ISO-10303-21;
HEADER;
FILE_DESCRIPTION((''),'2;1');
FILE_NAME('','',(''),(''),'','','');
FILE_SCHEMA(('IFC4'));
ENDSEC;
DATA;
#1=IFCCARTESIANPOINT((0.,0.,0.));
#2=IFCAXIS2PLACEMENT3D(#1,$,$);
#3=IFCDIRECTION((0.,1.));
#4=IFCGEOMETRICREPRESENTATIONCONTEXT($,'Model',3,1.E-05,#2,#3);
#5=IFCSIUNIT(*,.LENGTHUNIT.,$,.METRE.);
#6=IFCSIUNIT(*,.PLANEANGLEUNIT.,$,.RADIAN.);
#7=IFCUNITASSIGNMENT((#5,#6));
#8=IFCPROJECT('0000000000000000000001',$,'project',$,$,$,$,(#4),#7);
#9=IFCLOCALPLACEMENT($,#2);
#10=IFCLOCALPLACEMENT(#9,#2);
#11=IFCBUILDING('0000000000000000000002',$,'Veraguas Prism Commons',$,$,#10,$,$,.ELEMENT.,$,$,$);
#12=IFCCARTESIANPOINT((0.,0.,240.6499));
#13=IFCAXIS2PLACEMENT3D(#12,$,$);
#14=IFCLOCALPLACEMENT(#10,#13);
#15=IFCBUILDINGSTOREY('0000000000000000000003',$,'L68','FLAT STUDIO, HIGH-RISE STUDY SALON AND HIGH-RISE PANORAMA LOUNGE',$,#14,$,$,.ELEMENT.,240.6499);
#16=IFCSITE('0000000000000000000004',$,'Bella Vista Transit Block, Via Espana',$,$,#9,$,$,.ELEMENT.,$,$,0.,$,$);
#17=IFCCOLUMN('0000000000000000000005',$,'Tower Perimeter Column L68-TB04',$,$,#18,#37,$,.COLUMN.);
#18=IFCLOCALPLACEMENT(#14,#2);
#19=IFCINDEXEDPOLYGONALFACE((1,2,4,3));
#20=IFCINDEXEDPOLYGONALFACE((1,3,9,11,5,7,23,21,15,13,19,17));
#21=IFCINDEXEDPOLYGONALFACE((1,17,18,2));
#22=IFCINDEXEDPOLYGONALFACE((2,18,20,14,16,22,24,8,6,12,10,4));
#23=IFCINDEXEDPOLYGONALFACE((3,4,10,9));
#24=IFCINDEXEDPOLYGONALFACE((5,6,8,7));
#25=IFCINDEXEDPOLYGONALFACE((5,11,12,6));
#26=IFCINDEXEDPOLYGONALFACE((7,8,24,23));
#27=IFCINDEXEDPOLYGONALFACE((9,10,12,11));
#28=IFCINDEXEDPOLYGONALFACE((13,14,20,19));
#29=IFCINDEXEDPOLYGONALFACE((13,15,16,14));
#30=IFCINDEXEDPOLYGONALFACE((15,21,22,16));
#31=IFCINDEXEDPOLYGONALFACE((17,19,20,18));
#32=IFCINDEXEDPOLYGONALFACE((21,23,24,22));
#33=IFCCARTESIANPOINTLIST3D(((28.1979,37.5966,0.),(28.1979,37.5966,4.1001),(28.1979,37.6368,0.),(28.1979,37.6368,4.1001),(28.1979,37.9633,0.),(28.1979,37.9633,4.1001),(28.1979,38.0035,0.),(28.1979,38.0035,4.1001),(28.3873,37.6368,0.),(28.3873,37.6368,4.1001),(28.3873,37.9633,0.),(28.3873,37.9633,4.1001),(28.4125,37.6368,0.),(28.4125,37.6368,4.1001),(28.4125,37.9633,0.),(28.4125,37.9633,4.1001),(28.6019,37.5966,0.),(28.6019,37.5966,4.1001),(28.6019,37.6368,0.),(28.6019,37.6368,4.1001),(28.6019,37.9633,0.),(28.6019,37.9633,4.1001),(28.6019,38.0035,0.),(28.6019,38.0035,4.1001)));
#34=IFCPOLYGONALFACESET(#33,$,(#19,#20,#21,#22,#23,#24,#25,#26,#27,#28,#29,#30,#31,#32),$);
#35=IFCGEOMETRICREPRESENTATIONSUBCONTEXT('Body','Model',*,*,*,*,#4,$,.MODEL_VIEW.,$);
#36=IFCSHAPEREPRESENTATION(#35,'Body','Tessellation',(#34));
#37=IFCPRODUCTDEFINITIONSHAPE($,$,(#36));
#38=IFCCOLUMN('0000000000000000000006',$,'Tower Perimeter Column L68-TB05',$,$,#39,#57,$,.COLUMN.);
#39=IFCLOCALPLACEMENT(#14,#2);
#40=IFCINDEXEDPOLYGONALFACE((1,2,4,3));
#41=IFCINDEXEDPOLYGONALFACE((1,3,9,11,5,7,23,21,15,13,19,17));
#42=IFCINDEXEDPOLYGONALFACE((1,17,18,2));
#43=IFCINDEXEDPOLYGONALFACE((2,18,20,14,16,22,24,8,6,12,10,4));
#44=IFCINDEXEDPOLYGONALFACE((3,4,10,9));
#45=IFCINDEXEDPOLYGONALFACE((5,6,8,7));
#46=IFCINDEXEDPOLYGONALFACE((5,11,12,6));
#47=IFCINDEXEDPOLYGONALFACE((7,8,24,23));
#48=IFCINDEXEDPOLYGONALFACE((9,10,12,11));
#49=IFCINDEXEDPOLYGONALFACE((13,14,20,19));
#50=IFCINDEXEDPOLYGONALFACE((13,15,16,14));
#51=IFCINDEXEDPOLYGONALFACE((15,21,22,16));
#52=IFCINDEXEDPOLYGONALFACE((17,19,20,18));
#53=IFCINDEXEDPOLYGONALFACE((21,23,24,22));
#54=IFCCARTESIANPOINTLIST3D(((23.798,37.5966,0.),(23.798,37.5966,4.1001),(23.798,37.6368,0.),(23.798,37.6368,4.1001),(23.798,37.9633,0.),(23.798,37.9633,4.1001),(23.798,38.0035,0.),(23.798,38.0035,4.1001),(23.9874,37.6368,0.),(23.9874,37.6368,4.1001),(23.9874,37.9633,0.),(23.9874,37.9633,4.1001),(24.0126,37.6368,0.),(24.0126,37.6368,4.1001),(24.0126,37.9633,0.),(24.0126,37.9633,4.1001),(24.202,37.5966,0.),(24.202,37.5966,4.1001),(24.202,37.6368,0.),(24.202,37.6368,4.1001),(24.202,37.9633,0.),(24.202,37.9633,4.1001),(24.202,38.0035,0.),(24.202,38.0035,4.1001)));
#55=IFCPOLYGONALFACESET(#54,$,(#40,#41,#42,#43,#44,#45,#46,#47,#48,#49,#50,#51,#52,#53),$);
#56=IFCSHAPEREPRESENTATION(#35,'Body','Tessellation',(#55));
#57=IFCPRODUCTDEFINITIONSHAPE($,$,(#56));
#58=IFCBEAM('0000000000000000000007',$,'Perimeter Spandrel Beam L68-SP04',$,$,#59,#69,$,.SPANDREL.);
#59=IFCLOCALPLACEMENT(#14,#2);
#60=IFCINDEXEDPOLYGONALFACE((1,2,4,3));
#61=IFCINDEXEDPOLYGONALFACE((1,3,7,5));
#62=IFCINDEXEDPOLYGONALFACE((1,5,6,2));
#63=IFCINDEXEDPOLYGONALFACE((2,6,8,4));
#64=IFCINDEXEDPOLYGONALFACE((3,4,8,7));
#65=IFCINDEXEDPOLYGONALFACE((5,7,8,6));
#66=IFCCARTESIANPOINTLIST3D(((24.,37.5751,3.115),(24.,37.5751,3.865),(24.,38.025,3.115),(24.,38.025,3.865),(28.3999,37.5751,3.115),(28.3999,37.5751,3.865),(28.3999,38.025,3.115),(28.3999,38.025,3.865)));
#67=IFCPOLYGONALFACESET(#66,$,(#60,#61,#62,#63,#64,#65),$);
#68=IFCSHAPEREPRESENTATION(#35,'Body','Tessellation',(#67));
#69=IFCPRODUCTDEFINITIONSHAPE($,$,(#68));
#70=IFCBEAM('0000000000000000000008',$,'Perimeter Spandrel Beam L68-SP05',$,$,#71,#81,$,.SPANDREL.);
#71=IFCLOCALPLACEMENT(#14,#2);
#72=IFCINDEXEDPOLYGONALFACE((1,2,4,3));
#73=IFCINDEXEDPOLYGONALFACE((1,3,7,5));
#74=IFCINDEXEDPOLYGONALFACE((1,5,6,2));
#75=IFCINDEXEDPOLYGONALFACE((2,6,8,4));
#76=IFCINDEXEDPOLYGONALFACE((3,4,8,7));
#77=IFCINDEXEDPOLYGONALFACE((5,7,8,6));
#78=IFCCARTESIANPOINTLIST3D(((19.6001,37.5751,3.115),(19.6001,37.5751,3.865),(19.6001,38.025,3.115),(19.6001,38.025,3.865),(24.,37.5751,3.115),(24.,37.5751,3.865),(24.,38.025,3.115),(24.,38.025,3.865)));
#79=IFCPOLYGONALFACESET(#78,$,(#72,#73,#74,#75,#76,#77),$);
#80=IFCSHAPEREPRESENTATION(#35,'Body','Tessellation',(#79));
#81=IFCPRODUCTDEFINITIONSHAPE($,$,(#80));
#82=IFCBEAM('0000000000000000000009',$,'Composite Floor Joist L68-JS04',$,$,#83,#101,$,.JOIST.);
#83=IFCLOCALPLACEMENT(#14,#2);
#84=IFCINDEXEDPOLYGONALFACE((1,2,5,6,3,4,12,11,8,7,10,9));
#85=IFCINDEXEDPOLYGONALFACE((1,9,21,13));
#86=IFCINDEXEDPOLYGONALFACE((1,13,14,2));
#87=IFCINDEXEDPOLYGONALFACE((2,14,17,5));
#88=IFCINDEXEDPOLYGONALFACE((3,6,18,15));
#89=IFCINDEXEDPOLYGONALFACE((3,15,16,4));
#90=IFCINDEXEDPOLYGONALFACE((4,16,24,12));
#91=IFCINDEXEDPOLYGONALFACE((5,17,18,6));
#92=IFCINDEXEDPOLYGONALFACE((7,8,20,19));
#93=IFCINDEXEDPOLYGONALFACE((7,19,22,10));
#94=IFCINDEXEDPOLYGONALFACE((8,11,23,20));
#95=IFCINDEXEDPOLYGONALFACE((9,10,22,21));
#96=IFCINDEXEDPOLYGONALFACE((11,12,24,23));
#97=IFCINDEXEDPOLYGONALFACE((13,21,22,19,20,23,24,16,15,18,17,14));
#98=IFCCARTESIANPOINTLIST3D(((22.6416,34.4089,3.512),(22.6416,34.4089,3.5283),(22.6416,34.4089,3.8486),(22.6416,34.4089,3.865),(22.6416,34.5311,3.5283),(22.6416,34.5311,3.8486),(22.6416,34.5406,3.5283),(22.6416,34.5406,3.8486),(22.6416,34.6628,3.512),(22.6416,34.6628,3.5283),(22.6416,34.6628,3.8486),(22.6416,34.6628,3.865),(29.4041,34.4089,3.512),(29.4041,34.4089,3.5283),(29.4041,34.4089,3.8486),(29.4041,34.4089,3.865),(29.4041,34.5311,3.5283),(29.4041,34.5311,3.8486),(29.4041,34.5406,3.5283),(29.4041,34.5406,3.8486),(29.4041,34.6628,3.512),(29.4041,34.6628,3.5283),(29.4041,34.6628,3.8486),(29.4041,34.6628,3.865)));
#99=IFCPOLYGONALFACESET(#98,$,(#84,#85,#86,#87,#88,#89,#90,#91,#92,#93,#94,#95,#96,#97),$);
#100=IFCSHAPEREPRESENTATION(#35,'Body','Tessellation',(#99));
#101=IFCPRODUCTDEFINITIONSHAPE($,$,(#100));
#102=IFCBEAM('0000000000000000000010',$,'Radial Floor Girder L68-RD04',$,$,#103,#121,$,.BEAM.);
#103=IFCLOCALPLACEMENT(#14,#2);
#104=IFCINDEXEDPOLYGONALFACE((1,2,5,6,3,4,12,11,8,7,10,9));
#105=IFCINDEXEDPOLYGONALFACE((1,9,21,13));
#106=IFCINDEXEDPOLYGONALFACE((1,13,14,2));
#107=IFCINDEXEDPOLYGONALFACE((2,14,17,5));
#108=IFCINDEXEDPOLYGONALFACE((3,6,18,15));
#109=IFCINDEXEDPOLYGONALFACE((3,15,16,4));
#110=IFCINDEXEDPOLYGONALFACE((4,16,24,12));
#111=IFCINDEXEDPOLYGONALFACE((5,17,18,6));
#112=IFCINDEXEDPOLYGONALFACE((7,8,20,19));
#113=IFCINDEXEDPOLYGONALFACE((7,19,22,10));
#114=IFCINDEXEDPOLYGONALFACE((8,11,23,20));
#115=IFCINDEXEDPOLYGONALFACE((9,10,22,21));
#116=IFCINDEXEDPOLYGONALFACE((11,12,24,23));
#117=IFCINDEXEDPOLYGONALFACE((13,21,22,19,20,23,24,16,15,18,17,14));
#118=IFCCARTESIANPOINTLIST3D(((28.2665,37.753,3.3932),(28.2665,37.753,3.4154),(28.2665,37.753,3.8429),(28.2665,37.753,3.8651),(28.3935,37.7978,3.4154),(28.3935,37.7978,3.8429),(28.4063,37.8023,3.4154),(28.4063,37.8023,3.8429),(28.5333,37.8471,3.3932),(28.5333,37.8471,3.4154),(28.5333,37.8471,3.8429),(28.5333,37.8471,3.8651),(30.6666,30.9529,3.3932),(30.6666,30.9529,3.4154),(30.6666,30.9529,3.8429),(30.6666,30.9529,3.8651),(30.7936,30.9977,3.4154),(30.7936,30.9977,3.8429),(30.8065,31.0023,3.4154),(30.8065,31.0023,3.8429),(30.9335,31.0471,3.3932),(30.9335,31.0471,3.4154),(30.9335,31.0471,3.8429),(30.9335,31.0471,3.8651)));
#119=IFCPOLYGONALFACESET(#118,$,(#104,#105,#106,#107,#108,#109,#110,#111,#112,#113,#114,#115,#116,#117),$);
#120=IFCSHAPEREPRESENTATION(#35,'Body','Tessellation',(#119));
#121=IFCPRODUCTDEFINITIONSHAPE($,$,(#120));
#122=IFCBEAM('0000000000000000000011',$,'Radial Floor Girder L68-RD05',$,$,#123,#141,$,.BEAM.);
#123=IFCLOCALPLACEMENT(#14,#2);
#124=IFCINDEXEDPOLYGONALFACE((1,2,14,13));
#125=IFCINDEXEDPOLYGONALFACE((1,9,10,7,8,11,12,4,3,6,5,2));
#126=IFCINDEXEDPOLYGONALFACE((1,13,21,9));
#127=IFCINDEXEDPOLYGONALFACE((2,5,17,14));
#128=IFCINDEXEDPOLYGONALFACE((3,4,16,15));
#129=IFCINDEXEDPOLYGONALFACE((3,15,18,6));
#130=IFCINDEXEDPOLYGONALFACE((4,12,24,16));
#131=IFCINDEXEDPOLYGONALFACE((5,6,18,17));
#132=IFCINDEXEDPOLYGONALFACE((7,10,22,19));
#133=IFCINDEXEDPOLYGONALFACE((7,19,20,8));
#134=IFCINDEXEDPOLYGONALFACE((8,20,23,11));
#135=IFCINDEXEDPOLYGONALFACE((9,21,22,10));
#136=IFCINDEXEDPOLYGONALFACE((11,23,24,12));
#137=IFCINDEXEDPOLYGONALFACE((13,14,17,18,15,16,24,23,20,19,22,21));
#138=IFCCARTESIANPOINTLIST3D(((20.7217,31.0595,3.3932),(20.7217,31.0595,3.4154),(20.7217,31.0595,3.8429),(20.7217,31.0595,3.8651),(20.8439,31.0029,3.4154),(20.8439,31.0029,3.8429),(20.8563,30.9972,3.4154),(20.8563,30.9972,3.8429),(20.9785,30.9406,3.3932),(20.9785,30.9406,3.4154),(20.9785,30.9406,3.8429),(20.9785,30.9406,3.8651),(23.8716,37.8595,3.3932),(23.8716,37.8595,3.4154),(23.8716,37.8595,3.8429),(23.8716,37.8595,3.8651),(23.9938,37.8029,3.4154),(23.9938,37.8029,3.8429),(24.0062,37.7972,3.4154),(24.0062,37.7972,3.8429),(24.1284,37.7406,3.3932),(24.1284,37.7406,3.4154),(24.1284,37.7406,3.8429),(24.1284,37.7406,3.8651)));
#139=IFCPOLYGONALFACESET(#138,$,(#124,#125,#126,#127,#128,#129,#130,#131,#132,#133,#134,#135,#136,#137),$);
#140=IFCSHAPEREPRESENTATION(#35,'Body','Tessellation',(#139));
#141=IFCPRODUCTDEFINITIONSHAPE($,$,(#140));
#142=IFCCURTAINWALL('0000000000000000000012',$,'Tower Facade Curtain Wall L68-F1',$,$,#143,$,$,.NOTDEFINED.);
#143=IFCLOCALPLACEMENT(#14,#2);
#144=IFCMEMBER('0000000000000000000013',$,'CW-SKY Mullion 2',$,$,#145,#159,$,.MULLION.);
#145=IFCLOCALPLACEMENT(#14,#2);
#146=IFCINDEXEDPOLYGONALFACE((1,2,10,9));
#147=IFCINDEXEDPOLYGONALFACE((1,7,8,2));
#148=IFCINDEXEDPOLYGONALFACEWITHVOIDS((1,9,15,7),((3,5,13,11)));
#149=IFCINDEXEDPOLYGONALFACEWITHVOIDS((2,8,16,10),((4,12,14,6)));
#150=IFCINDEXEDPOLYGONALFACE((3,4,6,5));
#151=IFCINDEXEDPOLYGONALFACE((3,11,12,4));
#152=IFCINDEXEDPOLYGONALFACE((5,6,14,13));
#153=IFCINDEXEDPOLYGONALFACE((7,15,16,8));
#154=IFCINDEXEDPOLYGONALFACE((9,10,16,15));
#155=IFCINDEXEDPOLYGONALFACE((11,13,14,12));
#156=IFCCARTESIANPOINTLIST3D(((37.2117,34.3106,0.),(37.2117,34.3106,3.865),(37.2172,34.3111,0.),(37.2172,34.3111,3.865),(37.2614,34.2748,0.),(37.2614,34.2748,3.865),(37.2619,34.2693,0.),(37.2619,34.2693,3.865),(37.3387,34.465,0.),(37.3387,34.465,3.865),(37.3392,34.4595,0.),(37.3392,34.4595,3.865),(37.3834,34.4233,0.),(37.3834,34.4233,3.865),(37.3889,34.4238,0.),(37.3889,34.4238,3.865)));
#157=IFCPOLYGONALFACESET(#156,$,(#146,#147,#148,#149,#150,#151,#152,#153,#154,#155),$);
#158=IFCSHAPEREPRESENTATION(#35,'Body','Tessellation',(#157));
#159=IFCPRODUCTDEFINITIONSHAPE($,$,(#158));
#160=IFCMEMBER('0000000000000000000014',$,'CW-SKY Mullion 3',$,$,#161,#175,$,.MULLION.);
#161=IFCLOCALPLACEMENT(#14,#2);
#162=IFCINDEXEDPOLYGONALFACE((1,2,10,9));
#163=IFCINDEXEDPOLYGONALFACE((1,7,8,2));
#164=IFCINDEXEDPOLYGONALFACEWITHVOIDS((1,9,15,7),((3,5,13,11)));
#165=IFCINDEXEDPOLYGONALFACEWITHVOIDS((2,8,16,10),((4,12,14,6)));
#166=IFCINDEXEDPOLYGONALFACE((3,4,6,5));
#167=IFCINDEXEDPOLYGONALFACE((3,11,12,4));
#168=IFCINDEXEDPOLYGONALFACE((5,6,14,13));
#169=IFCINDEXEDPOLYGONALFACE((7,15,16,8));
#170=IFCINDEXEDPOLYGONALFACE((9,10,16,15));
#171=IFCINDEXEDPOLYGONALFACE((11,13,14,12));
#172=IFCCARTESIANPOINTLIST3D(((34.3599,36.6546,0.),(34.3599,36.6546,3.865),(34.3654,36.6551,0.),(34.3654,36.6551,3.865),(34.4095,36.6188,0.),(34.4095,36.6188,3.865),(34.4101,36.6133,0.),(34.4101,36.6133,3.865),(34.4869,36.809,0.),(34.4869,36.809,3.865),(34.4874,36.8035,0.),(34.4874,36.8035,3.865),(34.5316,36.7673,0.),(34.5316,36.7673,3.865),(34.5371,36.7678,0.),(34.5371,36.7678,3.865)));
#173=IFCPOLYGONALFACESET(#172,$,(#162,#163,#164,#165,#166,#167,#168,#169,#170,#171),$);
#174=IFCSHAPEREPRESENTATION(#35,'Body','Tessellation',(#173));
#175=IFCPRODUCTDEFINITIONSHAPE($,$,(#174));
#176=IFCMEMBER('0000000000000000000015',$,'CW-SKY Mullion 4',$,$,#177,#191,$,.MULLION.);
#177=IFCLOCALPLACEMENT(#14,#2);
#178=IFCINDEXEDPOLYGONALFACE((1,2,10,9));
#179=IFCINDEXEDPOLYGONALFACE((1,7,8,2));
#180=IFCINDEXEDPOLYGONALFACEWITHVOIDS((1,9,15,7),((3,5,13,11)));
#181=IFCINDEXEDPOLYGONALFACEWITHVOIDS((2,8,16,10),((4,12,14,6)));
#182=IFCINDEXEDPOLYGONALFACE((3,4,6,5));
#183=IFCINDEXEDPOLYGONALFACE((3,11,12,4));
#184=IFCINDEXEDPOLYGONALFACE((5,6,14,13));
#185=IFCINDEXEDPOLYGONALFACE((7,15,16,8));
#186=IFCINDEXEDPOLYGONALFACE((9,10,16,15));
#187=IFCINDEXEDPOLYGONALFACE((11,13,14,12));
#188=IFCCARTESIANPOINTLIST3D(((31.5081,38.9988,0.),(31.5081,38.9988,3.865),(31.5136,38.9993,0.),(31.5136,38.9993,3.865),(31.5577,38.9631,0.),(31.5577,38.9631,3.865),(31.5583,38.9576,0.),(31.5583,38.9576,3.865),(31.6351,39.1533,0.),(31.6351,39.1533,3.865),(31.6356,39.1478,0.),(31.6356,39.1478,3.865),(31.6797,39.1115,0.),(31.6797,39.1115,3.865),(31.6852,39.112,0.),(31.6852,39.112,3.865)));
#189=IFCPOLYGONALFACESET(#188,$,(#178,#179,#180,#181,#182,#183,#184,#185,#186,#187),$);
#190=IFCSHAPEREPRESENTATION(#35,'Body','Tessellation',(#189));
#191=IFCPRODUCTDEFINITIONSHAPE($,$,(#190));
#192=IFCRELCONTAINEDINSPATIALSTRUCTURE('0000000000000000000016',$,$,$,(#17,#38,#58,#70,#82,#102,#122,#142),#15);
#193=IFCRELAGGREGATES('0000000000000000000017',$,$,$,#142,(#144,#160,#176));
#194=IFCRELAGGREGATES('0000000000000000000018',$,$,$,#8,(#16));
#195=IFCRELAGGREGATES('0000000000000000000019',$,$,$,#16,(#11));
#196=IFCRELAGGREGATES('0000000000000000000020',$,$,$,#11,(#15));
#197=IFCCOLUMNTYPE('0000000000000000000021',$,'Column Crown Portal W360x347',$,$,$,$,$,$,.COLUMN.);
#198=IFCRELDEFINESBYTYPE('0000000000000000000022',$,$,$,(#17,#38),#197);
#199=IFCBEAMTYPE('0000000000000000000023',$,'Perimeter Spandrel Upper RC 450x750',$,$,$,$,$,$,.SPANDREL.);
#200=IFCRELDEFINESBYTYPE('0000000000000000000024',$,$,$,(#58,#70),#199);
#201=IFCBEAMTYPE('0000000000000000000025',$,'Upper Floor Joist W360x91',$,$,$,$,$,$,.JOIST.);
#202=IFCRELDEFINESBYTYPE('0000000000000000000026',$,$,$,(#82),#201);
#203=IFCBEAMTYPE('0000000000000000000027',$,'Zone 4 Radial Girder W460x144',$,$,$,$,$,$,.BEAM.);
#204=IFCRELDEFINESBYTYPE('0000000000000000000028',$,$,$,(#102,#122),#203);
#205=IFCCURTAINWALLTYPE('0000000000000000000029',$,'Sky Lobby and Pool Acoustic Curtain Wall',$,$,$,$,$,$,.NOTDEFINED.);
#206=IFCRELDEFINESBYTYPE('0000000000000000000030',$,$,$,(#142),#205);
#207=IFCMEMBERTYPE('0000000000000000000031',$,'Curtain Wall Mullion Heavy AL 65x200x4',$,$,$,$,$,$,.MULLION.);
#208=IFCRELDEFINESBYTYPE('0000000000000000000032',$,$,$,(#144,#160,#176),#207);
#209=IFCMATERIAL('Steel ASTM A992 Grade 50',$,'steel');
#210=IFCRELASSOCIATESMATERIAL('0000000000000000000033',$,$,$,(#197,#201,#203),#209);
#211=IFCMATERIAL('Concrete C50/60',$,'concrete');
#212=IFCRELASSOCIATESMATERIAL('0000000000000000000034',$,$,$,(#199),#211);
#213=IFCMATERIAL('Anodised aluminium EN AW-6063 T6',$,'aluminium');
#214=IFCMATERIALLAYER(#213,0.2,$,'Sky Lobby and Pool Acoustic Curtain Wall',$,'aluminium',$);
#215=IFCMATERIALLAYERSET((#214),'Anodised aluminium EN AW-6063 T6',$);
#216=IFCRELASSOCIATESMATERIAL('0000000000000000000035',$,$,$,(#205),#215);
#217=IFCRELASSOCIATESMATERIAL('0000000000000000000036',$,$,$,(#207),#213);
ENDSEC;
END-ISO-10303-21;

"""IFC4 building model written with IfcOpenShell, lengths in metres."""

from ifc_helpers import new_model, si_unit, direction, frame, origin, origin_2d, place, context, subcontext, project, spatial, rectangle, hollow_rectangle, i_section, extrude, source, transform, mapped, material, layer, layer_set, material_profile, profile_set, type_object, element, aggregate, save


model = new_model("IFC4")

# Units and contexts
model_context = context("Model", 3, precision=1e-05, world=origin(), true_north=direction((0.0, 1.0)))
body_context = subcontext(model_context, "Body", "Model", "MODEL_VIEW")
ifc_project = project(units=[si_unit("LENGTHUNIT", "METRE"), si_unit("PLANEANGLEUNIT", "RADIAN")], contexts=[model_context])

# Site, building, storey
site_placement = place(None, origin())
site = spatial("IfcSite", under=ifc_project, at=site_placement, Name="Bella Vista Transit Block, Via Espana", CompositionType="ELEMENT", RefElevation=0.0)
building_placement = place(site_placement, origin())
building = spatial("IfcBuilding", under=site, at=building_placement, Name="Veraguas Prism Commons", CompositionType="ELEMENT")
storey_placement = place(building_placement, frame((0.0, 0.0, 240.6499)))
storey = spatial("IfcBuildingStorey", under=building, at=storey_placement, Name="L68", Description="FLAT STUDIO, HIGH-RISE STUDY SALON AND HIGH-RISE PANORAMA LOUNGE", CompositionType="ELEMENT", Elevation=240.6499)

# Columns
ifc_material_1 = material(Name="Steel ASTM A992 Grade 50", Category="steel")
ifc_material_profile_1 = material_profile(ifc_material_1, i_section(OverallWidth=0.4041, OverallDepth=0.407, WebThickness=0.0251, FlangeThickness=0.0403, at=origin_2d()), Name="W360X347")
ifc_profile_set_1 = profile_set([ifc_material_profile_1], Name="Steel ASTM A992 Grade 50")
column_type = type_object("IfcColumnType", Name="Column Crown Portal W360x347", PredefinedType="COLUMN", material=ifc_profile_set_1)
for number, where, z_axis, x_axis, name in (
    (1, (28.3999, 37.8, 0.0), (0.0, 0.0, 1.0), (1.0, 0.0, 0.0), "Tower Perimeter Column L68-TB04"),
    (2, (24.0, 37.8, 0.0), (0.0, 0.0, 1.0), (1.0, 0.0, 0.0), "Tower Perimeter Column L68-TB05"),
):
    element("IfcColumn", number, at=place(storey_placement, frame(where, z_axis=z_axis, x_axis=x_axis)), inside=storey, type_object=column_type, Name=name, PredefinedType="COLUMN", context=body_context, shape_type="SweptSolid", body=[
        extrude(i_section(OverallWidth=0.4041, OverallDepth=0.407, WebThickness=0.0251, FlangeThickness=0.0403, at=origin_2d()), origin(), (0.0, 0.0, 1.0), 4.1001),
    ])

# Beams
ifc_material_2 = material(Name="Concrete C50/60", Category="concrete")
ifc_material_profile_2 = material_profile(ifc_material_2, rectangle(XDim=0.45, YDim=0.75, at=origin_2d()), Name="RC450X750")
ifc_profile_set_2 = profile_set([ifc_material_profile_2], Name="Concrete C50/60")
beam_type_1 = type_object("IfcBeamType", Name="Perimeter Spandrel Upper RC 450x750", PredefinedType="SPANDREL", material=ifc_profile_set_2)
for number, where, z_axis, x_axis, name in (
    (3, (28.3999, 37.8, 3.49), (-1.0, 0.0, 0.0), (0.0, -1.0, 0.0), "Perimeter Spandrel Beam L68-SP04"),
    (4, (24.0, 37.8, 3.49), (-1.0, 0.0, 0.0), (0.0, -1.0, 0.0), "Perimeter Spandrel Beam L68-SP05"),
):
    element("IfcBeam", number, at=place(storey_placement, frame(where, z_axis=z_axis, x_axis=x_axis)), inside=storey, type_object=beam_type_1, Name=name, PredefinedType="SPANDREL", context=body_context, shape_type="SweptSolid", body=[
        extrude(rectangle(XDim=0.45, YDim=0.75, at=origin_2d()), origin(), (0.0, 0.0, 1.0), 4.3999),
    ])
ifc_material_profile_3 = material_profile(ifc_material_1, i_section(OverallWidth=0.2539, OverallDepth=0.353, WebThickness=0.0095, FlangeThickness=0.0164, at=origin_2d()), Name="W360X91")
ifc_profile_set_3 = profile_set([ifc_material_profile_3], Name="Steel ASTM A992 Grade 50")
beam_type_2 = type_object("IfcBeamType", Name="Upper Floor Joist W360x91", PredefinedType="JOIST", material=ifc_profile_set_3)
beam_1_placement = place(storey_placement, frame((29.4041, 34.5359, 3.6885), z_axis=(-1.0, 0.0, 0.0), x_axis=(0.0, -1.0, 0.0)))
element("IfcBeam", 5, at=beam_1_placement, inside=storey, type_object=beam_type_2, Name="Composite Floor Joist L68-JS04", PredefinedType="JOIST", context=body_context, shape_type="SweptSolid", body=[
    extrude(i_section(OverallWidth=0.2539, OverallDepth=0.353, WebThickness=0.0095, FlangeThickness=0.0164, at=origin_2d()), origin(), (0.0, 0.0, 1.0), 6.7625),
])
ifc_material_profile_4 = material_profile(ifc_material_1, i_section(OverallWidth=0.283, OverallDepth=0.4719, WebThickness=0.0137, FlangeThickness=0.0222, at=origin_2d()), Name="W460X144")
ifc_profile_set_4 = profile_set([ifc_material_profile_4], Name="Steel ASTM A992 Grade 50")
beam_type_3 = type_object("IfcBeamType", Name="Zone 4 Radial Girder W460x144", PredefinedType="BEAM", material=ifc_profile_set_4)
beam_2_placement = place(storey_placement, frame((28.3999, 37.8, 3.6292), z_axis=(0.332836, -0.942985, 0.0), x_axis=(0.942985, 0.332836, 0.0)))
element("IfcBeam", 6, at=beam_2_placement, inside=storey, type_object=beam_type_3, Name="Radial Floor Girder L68-RD04", PredefinedType="BEAM", context=body_context, shape_type="SweptSolid", body=[
    extrude(i_section(OverallWidth=0.283, OverallDepth=0.4719, WebThickness=0.0137, FlangeThickness=0.0222, at=origin_2d()), origin(), (0.0, 0.0, 1.0), 7.2112),
])
beam_3_placement = place(storey_placement, frame((24.0, 37.8, 3.6292), z_axis=(-0.420314, -0.907379, 0.0), x_axis=(0.907379, -0.420314, 0.0)))
element("IfcBeam", 7, at=beam_3_placement, inside=storey, type_object=beam_type_3, Name="Radial Floor Girder L68-RD05", PredefinedType="BEAM", context=body_context, shape_type="SweptSolid", body=[
    extrude(i_section(OverallWidth=0.283, OverallDepth=0.4719, WebThickness=0.0137, FlangeThickness=0.0222, at=origin_2d()), origin(), (0.0, 0.0, 1.0), 7.4941),
])

# Curtain wall, members
ifc_material_3 = material(Name="Anodised aluminium EN AW-6063 T6", Category="aluminium")
ifc_layer_1 = layer(ifc_material_3, 0.2, Name="Sky Lobby and Pool Acoustic Curtain Wall", Category="aluminium")
ifc_layer_set_1 = layer_set([ifc_layer_1], Name="Anodised aluminium EN AW-6063 T6")
curtain_wall_type = type_object("IfcCurtainWallType", Name="Sky Lobby and Pool Acoustic Curtain Wall", PredefinedType="NOTDEFINED", material=ifc_layer_set_1)
curtain_wall_1_placement = place(storey_placement, origin())
curtain_wall_1 = element("IfcCurtainWall", 8, at=curtain_wall_1_placement, inside=storey, type_object=curtain_wall_type, Name="Tower Facade Curtain Wall L68-F1", PredefinedType="NOTDEFINED")
ifc_material_profile_5 = material_profile(ifc_material_3, hollow_rectangle(XDim=0.0649, YDim=0.2, WallThickness=0.0039, at=origin_2d()), Name="AL65X200X4")
ifc_profile_set_5 = profile_set([ifc_material_profile_5], Name="Anodised aluminium EN AW-6063 T6")
member_type_1 = type_object("IfcMemberType", Name="Curtain Wall Mullion Heavy AL 65x200x4", PredefinedType="MULLION", material=ifc_profile_set_5)
shared_shape_1 = source(origin(), body_context, "Body", "SweptSolid", [
    extrude(hollow_rectangle(XDim=0.0649, YDim=0.2, WallThickness=0.0039, at=origin_2d()), origin(), (0.0, 0.0, 1.0), 3.865),
])
member_1_placement = place(storey_placement, frame((37.3003, 34.3672, 0.0), z_axis=(0.0, 0.0, 1.0), x_axis=(-0.772514, 0.634998, 0.0)))
member_1 = element("IfcMember", 9, at=member_1_placement, type_object=member_type_1, Name="CW-SKY Mullion 2", PredefinedType="MULLION", context=body_context, shape_type="MappedRepresentation", body=[
    mapped(shared_shape_1, transform((0.0, 0.0, 0.0), scale=1.0)),
])
member_2_placement = place(storey_placement, frame((34.4485, 36.7112, 0.0), z_axis=(0.0, 0.0, 1.0), x_axis=(-0.772514, 0.634998, 0.0)))
member_2 = element("IfcMember", 10, at=member_2_placement, type_object=member_type_1, Name="CW-SKY Mullion 3", PredefinedType="MULLION", context=body_context, shape_type="MappedRepresentation", body=[
    mapped(shared_shape_1, transform((0.0, 0.0, 0.0), scale=1.0)),
])
member_3_placement = place(storey_placement, frame((31.5967, 39.0554, 0.0), z_axis=(0.0, 0.0, 1.0), x_axis=(-0.772514, 0.634998, 0.0)))
member_3 = element("IfcMember", 11, at=member_3_placement, type_object=member_type_1, Name="CW-SKY Mullion 4", PredefinedType="MULLION", context=body_context, shape_type="MappedRepresentation", body=[
    mapped(shared_shape_1, transform((0.0, 0.0, 0.0), scale=1.0)),
])

aggregate(curtain_wall_1, [member_1, member_2, member_3])

save(model, "model.ifc")
